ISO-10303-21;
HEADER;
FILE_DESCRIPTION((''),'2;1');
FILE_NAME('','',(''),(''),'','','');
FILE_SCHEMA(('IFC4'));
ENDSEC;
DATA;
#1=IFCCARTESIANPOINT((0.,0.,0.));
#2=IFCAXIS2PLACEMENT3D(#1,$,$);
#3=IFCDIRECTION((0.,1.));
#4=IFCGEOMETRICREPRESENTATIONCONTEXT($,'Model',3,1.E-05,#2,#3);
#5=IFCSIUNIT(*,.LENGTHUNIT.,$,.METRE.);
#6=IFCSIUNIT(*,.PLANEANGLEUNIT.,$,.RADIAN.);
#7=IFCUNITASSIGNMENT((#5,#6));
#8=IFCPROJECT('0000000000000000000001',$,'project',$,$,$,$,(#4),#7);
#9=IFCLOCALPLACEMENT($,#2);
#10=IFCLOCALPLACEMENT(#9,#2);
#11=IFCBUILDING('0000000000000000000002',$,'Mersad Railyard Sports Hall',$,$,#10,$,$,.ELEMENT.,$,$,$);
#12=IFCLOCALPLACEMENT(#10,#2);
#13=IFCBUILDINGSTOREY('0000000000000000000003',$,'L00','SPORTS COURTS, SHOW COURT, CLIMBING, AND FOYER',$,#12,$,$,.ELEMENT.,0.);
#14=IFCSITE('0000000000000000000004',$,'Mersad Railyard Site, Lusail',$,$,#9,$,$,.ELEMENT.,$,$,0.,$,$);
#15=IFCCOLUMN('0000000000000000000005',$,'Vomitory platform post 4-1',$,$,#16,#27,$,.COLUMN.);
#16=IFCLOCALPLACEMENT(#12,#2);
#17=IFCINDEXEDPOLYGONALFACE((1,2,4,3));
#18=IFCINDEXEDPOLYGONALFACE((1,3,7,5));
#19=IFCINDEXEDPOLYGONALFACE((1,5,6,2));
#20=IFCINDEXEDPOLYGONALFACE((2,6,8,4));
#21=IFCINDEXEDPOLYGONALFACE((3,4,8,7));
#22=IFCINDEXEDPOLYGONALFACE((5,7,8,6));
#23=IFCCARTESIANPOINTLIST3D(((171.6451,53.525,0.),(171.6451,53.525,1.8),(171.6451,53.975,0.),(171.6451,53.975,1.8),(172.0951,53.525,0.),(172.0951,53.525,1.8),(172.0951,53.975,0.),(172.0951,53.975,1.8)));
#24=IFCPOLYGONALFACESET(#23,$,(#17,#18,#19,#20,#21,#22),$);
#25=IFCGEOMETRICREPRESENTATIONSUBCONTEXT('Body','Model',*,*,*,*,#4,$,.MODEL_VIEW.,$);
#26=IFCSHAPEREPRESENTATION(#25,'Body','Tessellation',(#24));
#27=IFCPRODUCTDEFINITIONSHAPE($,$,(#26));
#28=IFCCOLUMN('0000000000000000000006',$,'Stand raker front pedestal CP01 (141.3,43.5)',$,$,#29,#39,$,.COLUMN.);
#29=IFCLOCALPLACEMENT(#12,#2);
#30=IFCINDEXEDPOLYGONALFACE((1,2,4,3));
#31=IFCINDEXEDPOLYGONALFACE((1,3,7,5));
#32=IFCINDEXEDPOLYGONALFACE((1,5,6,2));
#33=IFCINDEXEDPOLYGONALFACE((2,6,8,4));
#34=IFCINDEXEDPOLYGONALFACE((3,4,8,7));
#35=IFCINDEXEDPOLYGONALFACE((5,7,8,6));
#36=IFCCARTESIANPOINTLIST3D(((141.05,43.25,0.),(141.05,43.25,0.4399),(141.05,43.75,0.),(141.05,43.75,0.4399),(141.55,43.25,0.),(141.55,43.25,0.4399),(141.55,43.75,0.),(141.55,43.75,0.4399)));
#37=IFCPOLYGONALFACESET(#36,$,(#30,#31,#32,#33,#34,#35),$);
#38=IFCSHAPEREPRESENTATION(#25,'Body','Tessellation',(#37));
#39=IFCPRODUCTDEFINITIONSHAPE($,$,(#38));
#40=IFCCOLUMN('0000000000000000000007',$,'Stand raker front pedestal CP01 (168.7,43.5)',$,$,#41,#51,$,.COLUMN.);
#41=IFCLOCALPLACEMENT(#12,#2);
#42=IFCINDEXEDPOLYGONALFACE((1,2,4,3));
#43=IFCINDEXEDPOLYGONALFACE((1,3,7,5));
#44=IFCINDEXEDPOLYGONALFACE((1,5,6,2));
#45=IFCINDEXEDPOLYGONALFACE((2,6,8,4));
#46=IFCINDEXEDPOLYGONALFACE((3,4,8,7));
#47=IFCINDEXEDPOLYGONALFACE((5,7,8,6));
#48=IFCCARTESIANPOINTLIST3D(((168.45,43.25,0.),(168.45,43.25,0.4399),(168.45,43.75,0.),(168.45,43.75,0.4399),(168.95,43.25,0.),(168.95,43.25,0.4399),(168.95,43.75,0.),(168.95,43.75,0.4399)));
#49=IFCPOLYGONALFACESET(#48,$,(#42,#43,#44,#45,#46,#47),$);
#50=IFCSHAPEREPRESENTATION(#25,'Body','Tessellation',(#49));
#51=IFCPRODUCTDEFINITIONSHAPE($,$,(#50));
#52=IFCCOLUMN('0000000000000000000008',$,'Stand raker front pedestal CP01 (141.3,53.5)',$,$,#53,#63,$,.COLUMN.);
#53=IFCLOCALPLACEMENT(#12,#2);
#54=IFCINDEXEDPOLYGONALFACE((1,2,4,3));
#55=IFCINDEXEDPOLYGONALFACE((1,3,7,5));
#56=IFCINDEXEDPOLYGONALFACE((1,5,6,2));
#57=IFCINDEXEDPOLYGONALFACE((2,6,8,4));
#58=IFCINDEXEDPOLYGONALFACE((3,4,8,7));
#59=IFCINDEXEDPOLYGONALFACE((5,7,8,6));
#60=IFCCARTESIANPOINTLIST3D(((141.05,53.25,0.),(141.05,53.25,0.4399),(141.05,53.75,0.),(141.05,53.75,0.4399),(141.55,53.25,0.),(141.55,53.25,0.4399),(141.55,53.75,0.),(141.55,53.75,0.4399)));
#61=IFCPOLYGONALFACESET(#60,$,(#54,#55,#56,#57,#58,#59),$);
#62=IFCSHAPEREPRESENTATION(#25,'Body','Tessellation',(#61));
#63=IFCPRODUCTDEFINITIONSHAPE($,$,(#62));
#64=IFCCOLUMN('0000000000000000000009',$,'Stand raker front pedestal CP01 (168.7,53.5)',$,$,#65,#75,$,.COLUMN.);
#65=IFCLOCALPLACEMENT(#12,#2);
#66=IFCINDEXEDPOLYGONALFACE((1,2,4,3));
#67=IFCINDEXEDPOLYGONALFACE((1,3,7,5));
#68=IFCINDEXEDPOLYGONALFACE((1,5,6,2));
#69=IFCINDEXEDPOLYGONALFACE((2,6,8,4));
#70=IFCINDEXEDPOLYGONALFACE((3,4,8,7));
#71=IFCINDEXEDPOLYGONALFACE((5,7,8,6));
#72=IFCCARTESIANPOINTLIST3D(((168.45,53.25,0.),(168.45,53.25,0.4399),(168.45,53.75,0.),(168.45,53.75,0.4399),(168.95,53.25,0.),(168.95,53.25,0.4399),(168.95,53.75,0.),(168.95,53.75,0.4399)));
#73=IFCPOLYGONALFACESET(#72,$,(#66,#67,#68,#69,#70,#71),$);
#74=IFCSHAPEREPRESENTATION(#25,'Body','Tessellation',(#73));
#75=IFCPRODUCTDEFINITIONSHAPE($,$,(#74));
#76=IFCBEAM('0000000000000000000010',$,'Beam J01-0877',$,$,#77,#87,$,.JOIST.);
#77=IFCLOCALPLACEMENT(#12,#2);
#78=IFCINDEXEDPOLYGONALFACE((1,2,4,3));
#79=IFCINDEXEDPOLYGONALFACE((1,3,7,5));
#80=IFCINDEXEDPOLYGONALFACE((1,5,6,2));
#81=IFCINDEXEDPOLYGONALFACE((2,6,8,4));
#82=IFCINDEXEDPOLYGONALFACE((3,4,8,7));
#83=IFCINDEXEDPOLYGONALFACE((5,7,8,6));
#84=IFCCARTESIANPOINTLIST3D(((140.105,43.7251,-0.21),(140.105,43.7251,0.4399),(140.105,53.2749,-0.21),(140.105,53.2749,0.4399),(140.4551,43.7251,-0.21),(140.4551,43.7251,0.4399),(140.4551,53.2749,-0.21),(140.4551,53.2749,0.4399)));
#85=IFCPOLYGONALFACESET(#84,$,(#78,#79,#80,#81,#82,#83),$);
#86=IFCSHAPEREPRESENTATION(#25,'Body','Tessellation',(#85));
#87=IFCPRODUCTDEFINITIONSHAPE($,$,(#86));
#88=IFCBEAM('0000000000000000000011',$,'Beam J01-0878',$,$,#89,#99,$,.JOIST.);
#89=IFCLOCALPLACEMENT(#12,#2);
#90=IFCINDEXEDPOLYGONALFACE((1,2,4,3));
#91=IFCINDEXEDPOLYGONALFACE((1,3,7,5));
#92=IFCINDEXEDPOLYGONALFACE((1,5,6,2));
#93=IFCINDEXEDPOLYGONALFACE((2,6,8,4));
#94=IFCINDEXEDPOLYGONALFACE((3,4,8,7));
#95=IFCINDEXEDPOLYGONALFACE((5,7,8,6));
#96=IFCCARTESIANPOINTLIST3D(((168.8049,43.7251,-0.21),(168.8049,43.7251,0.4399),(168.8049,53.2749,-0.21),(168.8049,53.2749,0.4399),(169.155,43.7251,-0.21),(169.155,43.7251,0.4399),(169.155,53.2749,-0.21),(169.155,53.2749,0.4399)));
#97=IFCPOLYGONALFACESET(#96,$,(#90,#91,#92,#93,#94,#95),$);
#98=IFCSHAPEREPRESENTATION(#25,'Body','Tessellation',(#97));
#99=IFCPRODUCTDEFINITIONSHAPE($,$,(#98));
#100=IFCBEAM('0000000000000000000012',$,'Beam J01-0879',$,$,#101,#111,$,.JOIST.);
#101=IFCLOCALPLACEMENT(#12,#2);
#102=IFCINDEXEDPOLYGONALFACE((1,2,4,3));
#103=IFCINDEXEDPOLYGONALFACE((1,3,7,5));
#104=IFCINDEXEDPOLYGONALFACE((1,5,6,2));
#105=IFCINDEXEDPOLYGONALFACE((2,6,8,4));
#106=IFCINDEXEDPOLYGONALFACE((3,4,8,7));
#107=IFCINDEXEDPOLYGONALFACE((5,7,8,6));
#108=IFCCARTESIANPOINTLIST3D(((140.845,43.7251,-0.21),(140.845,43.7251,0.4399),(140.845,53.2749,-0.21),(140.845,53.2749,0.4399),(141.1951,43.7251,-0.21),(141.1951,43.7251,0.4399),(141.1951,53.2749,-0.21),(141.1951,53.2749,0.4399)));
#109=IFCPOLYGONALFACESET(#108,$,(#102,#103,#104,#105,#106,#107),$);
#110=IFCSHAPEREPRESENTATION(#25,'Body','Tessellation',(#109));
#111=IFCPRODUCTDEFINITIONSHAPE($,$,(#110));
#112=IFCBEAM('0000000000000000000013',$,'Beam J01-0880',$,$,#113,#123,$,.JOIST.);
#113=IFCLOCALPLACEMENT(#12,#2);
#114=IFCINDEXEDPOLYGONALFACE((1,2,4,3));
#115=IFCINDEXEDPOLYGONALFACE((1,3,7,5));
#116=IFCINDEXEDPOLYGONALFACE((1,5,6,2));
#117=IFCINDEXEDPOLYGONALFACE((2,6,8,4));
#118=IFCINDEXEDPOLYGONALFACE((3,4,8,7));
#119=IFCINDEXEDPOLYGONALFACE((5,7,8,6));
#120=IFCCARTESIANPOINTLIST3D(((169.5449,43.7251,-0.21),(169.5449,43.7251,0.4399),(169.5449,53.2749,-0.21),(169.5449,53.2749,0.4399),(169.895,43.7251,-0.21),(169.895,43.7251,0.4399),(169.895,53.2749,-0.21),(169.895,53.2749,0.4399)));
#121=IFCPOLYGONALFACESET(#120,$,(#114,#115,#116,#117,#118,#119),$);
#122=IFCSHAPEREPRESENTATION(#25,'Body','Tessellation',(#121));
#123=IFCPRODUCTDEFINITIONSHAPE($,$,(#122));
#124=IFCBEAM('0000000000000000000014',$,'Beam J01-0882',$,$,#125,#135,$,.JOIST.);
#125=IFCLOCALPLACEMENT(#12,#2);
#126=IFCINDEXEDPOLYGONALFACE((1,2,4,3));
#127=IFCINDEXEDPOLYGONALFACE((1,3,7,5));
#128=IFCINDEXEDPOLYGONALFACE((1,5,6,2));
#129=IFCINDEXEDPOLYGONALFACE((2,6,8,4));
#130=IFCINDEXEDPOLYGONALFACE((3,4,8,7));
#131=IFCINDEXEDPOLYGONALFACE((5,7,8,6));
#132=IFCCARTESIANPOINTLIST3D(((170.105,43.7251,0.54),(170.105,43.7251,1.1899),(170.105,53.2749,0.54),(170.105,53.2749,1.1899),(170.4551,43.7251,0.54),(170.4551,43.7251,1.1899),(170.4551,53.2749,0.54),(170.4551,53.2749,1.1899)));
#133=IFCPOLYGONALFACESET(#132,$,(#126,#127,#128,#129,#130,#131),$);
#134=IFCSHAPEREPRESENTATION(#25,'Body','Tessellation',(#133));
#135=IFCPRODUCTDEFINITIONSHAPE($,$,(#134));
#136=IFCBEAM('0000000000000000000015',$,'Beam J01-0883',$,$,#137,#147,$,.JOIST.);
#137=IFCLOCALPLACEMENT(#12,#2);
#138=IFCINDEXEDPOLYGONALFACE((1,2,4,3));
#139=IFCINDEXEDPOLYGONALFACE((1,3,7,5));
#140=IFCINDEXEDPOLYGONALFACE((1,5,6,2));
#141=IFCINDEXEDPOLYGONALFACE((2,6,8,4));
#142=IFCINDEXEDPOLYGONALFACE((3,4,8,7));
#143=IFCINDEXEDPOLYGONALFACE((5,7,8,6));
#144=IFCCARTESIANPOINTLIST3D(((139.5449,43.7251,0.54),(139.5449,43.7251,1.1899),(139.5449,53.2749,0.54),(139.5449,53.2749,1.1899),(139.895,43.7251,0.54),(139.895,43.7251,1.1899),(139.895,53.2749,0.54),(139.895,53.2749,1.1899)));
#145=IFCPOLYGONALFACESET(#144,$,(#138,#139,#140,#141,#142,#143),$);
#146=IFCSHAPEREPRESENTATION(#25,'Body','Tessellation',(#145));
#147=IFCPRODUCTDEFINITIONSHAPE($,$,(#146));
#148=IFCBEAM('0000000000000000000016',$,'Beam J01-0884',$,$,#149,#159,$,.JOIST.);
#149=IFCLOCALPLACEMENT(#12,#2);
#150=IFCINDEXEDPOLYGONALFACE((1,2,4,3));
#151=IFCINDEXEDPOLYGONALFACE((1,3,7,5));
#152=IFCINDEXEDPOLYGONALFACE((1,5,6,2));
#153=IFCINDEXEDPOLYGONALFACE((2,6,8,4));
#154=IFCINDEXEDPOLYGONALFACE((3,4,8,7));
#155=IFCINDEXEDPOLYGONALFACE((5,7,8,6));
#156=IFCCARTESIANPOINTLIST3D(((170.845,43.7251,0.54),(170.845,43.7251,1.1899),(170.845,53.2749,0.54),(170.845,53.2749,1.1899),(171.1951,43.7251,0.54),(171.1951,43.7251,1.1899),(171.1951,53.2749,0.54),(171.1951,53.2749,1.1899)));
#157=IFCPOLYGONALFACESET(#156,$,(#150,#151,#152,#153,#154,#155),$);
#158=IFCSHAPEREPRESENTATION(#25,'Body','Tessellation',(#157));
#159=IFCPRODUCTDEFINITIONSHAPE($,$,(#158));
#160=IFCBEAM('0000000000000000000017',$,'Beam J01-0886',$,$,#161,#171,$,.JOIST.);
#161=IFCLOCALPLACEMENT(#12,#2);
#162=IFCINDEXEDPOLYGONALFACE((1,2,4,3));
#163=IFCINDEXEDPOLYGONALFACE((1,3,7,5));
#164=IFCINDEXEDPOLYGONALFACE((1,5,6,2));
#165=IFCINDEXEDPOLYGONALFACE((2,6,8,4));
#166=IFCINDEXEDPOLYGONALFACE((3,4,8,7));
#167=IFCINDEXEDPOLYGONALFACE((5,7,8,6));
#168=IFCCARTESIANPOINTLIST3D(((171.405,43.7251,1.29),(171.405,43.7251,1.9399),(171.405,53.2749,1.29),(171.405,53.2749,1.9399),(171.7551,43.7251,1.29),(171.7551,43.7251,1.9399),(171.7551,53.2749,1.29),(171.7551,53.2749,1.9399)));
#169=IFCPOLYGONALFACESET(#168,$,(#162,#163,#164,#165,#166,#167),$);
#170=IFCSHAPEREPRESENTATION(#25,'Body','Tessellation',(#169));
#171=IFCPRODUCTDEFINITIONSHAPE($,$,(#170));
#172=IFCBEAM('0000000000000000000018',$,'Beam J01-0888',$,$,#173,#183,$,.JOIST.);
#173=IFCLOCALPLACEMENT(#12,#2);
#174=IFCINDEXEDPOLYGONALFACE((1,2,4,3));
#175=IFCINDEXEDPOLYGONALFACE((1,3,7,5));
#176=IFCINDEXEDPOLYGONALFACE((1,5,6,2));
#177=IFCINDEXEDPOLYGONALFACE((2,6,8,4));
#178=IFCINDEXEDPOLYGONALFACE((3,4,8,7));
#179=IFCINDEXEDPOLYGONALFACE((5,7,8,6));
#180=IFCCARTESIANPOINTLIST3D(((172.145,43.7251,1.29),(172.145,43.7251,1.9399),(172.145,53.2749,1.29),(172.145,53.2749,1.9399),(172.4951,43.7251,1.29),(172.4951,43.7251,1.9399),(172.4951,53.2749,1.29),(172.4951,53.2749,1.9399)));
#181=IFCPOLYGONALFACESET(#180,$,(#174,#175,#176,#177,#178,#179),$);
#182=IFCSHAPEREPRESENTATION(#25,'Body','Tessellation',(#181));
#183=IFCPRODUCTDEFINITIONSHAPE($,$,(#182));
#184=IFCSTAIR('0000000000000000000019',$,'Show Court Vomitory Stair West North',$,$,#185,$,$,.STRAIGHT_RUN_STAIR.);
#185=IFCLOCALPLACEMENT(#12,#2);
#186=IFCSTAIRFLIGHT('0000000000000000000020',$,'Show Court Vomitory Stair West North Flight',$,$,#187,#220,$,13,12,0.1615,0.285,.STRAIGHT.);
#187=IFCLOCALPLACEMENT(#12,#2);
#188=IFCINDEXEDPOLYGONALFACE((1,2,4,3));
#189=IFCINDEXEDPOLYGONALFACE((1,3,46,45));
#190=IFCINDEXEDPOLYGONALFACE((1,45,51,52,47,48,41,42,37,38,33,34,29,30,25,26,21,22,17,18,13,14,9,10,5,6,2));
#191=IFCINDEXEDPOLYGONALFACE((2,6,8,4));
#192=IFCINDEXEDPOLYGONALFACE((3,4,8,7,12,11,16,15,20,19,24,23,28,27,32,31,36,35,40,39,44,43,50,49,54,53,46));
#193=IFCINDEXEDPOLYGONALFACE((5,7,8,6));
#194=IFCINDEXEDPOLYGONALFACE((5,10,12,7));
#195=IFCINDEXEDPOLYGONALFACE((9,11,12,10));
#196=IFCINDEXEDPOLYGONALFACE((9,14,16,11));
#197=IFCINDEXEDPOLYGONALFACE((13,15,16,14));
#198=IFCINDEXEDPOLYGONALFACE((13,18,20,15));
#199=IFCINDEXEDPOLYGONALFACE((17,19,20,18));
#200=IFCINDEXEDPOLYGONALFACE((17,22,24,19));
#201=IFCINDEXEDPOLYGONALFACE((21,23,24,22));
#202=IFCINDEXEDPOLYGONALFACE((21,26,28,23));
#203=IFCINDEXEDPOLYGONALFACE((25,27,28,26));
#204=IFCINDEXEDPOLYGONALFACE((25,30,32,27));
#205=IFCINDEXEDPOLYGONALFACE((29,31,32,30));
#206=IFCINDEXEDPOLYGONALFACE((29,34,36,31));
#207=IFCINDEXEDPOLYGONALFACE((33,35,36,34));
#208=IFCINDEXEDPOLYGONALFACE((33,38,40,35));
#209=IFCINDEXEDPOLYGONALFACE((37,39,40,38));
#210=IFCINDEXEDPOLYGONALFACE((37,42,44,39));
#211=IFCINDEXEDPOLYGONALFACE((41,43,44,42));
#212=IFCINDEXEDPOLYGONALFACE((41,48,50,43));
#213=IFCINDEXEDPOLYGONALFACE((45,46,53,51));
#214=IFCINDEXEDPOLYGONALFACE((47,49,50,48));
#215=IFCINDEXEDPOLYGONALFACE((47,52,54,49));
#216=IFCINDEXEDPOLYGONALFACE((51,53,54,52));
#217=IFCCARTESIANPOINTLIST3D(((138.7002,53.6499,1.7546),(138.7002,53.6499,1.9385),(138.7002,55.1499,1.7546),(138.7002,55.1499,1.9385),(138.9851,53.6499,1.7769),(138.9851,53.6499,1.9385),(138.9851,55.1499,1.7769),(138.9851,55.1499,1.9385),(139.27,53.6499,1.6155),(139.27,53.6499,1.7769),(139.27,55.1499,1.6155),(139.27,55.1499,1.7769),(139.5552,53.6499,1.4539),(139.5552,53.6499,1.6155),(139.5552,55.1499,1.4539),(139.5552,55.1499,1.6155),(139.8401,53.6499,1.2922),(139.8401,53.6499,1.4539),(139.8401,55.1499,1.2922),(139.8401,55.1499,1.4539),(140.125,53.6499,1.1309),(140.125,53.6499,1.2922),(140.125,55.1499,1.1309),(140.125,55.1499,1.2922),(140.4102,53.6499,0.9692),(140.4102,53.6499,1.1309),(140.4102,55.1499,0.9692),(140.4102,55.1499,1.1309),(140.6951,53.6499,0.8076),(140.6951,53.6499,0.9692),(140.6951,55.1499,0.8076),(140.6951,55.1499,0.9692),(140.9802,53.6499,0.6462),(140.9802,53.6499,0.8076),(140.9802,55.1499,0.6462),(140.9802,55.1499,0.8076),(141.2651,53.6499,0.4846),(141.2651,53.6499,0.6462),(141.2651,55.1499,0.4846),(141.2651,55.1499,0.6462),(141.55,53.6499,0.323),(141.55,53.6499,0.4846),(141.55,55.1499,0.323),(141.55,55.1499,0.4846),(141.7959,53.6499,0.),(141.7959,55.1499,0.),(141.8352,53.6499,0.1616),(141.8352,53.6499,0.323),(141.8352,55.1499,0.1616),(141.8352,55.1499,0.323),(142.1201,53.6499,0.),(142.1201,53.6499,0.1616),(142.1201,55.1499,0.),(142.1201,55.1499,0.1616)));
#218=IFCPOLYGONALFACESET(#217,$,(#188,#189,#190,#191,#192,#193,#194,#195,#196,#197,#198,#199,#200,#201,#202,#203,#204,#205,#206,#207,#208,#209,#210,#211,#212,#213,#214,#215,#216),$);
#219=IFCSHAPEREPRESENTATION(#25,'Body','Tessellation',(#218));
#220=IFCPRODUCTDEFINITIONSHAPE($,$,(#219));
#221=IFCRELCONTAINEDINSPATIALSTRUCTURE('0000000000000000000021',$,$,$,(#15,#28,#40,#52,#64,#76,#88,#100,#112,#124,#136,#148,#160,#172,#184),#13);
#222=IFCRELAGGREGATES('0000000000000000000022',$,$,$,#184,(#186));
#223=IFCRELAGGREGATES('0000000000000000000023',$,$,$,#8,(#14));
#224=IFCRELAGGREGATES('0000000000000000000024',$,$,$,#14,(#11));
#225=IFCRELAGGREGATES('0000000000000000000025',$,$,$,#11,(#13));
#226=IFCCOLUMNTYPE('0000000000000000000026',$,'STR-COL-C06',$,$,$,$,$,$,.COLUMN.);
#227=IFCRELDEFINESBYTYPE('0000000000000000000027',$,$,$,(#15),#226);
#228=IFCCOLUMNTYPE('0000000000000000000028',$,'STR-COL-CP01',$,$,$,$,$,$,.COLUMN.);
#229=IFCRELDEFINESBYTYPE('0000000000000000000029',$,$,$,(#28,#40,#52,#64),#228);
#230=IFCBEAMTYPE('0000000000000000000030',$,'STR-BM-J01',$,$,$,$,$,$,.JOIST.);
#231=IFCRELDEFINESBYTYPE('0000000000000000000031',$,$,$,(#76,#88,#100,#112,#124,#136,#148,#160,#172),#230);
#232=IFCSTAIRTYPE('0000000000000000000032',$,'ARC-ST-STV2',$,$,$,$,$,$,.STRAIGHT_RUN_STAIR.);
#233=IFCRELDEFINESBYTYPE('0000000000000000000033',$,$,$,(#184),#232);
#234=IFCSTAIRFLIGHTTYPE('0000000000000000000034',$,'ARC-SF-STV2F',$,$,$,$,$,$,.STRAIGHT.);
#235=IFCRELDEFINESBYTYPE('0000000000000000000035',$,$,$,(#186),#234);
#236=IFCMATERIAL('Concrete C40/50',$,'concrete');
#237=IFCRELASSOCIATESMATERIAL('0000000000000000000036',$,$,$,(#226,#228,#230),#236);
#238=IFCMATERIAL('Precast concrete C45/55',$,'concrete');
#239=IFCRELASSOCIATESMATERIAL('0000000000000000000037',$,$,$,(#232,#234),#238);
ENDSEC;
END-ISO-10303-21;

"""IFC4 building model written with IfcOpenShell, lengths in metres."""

from ifc_helpers import new_model, si_unit, direction, frame, origin, origin_2d, place, context, subcontext, project, spatial, polyline, rectangle, outline, extrude, material, material_profile, profile_set, type_object, element, aggregate, save


model = new_model("IFC4")

# Units and contexts
model_context = context("Model", 3, precision=1e-05, world=origin(), true_north=direction((0.0, 1.0)))
body_context = subcontext(model_context, "Body", "Model", "MODEL_VIEW")
ifc_project = project(units=[si_unit("LENGTHUNIT", "METRE"), si_unit("PLANEANGLEUNIT", "RADIAN")], contexts=[model_context])

# Site, building, storey
site_placement = place(None, origin())
site = spatial("IfcSite", under=ifc_project, at=site_placement, Name="Mersad Railyard Site, Lusail", CompositionType="ELEMENT", RefElevation=0.0)
building_placement = place(site_placement, origin())
building = spatial("IfcBuilding", under=site, at=building_placement, Name="Mersad Railyard Sports Hall", CompositionType="ELEMENT")
storey_placement = place(building_placement, origin())
storey = spatial("IfcBuildingStorey", under=building, at=storey_placement, Name="L00", Description="SPORTS COURTS, SHOW COURT, CLIMBING, AND FOYER", CompositionType="ELEMENT", Elevation=0.0)

# Columns
ifc_material_1 = material(Name="Concrete C40/50", Category="concrete")
ifc_material_profile_1 = material_profile(ifc_material_1, rectangle(XDim=0.45, YDim=0.45, at=origin_2d()), Name="RC 450x450")
ifc_profile_set_1 = profile_set([ifc_material_profile_1], Name="Concrete C40/50")
column_type_1 = type_object("IfcColumnType", Name="STR-COL-C06", PredefinedType="COLUMN", material=ifc_profile_set_1)
column_placement = place(storey_placement, frame((171.8701, 53.75, 0.0), z_axis=(0.0, 0.0, 1.0), x_axis=(1.0, 0.0, 0.0)))
element("IfcColumn", 1, at=column_placement, inside=storey, type_object=column_type_1, Name="Vomitory platform post 4-1", PredefinedType="COLUMN", context=body_context, shape_type="SweptSolid", body=[
    extrude(rectangle(XDim=0.45, YDim=0.45, at=origin_2d()), origin(), (0.0, 0.0, 1.0), 1.8),
])
ifc_material_profile_2 = material_profile(ifc_material_1, rectangle(XDim=0.5, YDim=0.5, at=origin_2d()), Name="RC 500x500")
ifc_profile_set_2 = profile_set([ifc_material_profile_2], Name="Concrete C40/50")
column_type_2 = type_object("IfcColumnType", Name="STR-COL-CP01", PredefinedType="COLUMN", material=ifc_profile_set_2)
for number, where, z_axis, x_axis, name in (
    (2, (141.3, 43.5, 0.0), (0.0, 0.0, 1.0), (1.0, 0.0, 0.0), "Stand raker front pedestal CP01 (141.3,43.5)"),
    (3, (168.7, 43.5, 0.0), (0.0, 0.0, 1.0), (1.0, 0.0, 0.0), "Stand raker front pedestal CP01 (168.7,43.5)"),
    (4, (141.3, 53.5, 0.0), (0.0, 0.0, 1.0), (1.0, 0.0, 0.0), "Stand raker front pedestal CP01 (141.3,53.5)"),
    (5, (168.7, 53.5, 0.0), (0.0, 0.0, 1.0), (1.0, 0.0, 0.0), "Stand raker front pedestal CP01 (168.7,53.5)"),
):
    element("IfcColumn", number, at=place(storey_placement, frame(where, z_axis=z_axis, x_axis=x_axis)), inside=storey, type_object=column_type_2, Name=name, PredefinedType="COLUMN", context=body_context, shape_type="SweptSolid", body=[
        extrude(rectangle(XDim=0.5, YDim=0.5, at=origin_2d()), origin(), (0.0, 0.0, 1.0), 0.4399),
    ])

# Beams
ifc_material_profile_3 = material_profile(ifc_material_1, rectangle(XDim=0.3501, YDim=0.6499, at=origin_2d()), Name="RC 350x650")
ifc_profile_set_3 = profile_set([ifc_material_profile_3], Name="Concrete C40/50")
beam_type = type_object("IfcBeamType", Name="STR-BM-J01", PredefinedType="JOIST", material=ifc_profile_set_3)
for number, where, z_axis, x_axis, name in (
    (6, (140.28, 43.7251, 0.115), (0.0, 1.0, 0.0), (-1.0, 0.0, 0.0), "Beam J01-0877"),
    (7, (168.98, 43.7251, 0.115), (0.0, 1.0, 0.0), (-1.0, 0.0, 0.0), "Beam J01-0878"),
    (8, (141.02, 43.7251, 0.115), (0.0, 1.0, 0.0), (-1.0, 0.0, 0.0), "Beam J01-0879"),
    (9, (169.72, 43.7251, 0.115), (0.0, 1.0, 0.0), (-1.0, 0.0, 0.0), "Beam J01-0880"),
    (10, (170.28, 43.7251, 0.865), (0.0, 1.0, 0.0), (-1.0, 0.0, 0.0), "Beam J01-0882"),
    (11, (139.72, 43.7251, 0.865), (0.0, 1.0, 0.0), (-1.0, 0.0, 0.0), "Beam J01-0883"),
    (12, (171.02, 43.7251, 0.865), (0.0, 1.0, 0.0), (-1.0, 0.0, 0.0), "Beam J01-0884"),
    (13, (171.5801, 43.7251, 1.615), (0.0, 1.0, 0.0), (-1.0, 0.0, 0.0), "Beam J01-0886"),
    (14, (172.3201, 43.7251, 1.615), (0.0, 1.0, 0.0), (-1.0, 0.0, 0.0), "Beam J01-0888"),
):
    element("IfcBeam", number, at=place(storey_placement, frame(where, z_axis=z_axis, x_axis=x_axis)), inside=storey, type_object=beam_type, Name=name, PredefinedType="JOIST", context=body_context, shape_type="SweptSolid", body=[
        extrude(rectangle(XDim=0.3501, YDim=0.6499, at=origin_2d()), origin(), (0.0, 0.0, 1.0), 9.5498),
    ])

# Stair, stair flight
ifc_material_2 = material(Name="Precast concrete C45/55", Category="concrete")
stair_type = type_object("IfcStairType", Name="ARC-ST-STV2", PredefinedType="STRAIGHT_RUN_STAIR", material=ifc_material_2)
stair_placement = place(storey_placement, origin())
stair = element("IfcStair", 15, at=stair_placement, inside=storey, type_object=stair_type, Name="Show Court Vomitory Stair West North", PredefinedType="STRAIGHT_RUN_STAIR")
stair_flight_type = type_object("IfcStairFlightType", Name="ARC-SF-STV2F", PredefinedType="STRAIGHT", material=ifc_material_2)
stair_flight_placement = place(storey_placement, frame((142.1201, 54.3999, 0.0), z_axis=(0.0, 0.0, 1.0), x_axis=(-1.0, 0.0, 0.0)))
stair_flight = element("IfcStairFlight", 16, at=stair_flight_placement, type_object=stair_flight_type, Name="Show Court Vomitory Stair West North Flight", NumberOfRisers=13, NumberOfTreads=12, PredefinedType="STRAIGHT", RiserHeight=0.1615, TreadLength=0.285, context=body_context, shape_type="SweptSolid", body=[
    extrude(outline(polyline([(0.0, 0.0), (0.0, 0.1616), (0.2849, 0.1616), (0.2849, 0.323), (0.5701, 0.323), (0.5701, 0.4846), (0.855, 0.4846), (0.855, 0.6462), (1.1399, 0.6462), (1.1399, 0.8076), (1.425, 0.8076), (1.425, 0.9692), (1.71, 0.9692), (1.71, 1.1309), (1.9951, 1.1309), (1.9951, 1.2922), (2.28, 1.2922), (2.28, 1.4539), (2.5649, 1.4539), (2.5649, 1.6155), (2.8501, 1.6155), (2.8501, 1.7769), (3.135, 1.7769), (3.135, 1.9385), (3.4199, 1.9385), (3.4199, 2.1001), (3.4199, 1.7546), (0.3242, 0.0), (0.0, 0.0)])), frame((0.0, 0.75, 0.0), z_axis=(0.0, -1.0, 0.0), x_axis=(1.0, 0.0, 0.0)), (0.0, 0.0, 1.0), 1.5),
])
aggregate(stair, [stair_flight])

save(model, "model.ifc")
